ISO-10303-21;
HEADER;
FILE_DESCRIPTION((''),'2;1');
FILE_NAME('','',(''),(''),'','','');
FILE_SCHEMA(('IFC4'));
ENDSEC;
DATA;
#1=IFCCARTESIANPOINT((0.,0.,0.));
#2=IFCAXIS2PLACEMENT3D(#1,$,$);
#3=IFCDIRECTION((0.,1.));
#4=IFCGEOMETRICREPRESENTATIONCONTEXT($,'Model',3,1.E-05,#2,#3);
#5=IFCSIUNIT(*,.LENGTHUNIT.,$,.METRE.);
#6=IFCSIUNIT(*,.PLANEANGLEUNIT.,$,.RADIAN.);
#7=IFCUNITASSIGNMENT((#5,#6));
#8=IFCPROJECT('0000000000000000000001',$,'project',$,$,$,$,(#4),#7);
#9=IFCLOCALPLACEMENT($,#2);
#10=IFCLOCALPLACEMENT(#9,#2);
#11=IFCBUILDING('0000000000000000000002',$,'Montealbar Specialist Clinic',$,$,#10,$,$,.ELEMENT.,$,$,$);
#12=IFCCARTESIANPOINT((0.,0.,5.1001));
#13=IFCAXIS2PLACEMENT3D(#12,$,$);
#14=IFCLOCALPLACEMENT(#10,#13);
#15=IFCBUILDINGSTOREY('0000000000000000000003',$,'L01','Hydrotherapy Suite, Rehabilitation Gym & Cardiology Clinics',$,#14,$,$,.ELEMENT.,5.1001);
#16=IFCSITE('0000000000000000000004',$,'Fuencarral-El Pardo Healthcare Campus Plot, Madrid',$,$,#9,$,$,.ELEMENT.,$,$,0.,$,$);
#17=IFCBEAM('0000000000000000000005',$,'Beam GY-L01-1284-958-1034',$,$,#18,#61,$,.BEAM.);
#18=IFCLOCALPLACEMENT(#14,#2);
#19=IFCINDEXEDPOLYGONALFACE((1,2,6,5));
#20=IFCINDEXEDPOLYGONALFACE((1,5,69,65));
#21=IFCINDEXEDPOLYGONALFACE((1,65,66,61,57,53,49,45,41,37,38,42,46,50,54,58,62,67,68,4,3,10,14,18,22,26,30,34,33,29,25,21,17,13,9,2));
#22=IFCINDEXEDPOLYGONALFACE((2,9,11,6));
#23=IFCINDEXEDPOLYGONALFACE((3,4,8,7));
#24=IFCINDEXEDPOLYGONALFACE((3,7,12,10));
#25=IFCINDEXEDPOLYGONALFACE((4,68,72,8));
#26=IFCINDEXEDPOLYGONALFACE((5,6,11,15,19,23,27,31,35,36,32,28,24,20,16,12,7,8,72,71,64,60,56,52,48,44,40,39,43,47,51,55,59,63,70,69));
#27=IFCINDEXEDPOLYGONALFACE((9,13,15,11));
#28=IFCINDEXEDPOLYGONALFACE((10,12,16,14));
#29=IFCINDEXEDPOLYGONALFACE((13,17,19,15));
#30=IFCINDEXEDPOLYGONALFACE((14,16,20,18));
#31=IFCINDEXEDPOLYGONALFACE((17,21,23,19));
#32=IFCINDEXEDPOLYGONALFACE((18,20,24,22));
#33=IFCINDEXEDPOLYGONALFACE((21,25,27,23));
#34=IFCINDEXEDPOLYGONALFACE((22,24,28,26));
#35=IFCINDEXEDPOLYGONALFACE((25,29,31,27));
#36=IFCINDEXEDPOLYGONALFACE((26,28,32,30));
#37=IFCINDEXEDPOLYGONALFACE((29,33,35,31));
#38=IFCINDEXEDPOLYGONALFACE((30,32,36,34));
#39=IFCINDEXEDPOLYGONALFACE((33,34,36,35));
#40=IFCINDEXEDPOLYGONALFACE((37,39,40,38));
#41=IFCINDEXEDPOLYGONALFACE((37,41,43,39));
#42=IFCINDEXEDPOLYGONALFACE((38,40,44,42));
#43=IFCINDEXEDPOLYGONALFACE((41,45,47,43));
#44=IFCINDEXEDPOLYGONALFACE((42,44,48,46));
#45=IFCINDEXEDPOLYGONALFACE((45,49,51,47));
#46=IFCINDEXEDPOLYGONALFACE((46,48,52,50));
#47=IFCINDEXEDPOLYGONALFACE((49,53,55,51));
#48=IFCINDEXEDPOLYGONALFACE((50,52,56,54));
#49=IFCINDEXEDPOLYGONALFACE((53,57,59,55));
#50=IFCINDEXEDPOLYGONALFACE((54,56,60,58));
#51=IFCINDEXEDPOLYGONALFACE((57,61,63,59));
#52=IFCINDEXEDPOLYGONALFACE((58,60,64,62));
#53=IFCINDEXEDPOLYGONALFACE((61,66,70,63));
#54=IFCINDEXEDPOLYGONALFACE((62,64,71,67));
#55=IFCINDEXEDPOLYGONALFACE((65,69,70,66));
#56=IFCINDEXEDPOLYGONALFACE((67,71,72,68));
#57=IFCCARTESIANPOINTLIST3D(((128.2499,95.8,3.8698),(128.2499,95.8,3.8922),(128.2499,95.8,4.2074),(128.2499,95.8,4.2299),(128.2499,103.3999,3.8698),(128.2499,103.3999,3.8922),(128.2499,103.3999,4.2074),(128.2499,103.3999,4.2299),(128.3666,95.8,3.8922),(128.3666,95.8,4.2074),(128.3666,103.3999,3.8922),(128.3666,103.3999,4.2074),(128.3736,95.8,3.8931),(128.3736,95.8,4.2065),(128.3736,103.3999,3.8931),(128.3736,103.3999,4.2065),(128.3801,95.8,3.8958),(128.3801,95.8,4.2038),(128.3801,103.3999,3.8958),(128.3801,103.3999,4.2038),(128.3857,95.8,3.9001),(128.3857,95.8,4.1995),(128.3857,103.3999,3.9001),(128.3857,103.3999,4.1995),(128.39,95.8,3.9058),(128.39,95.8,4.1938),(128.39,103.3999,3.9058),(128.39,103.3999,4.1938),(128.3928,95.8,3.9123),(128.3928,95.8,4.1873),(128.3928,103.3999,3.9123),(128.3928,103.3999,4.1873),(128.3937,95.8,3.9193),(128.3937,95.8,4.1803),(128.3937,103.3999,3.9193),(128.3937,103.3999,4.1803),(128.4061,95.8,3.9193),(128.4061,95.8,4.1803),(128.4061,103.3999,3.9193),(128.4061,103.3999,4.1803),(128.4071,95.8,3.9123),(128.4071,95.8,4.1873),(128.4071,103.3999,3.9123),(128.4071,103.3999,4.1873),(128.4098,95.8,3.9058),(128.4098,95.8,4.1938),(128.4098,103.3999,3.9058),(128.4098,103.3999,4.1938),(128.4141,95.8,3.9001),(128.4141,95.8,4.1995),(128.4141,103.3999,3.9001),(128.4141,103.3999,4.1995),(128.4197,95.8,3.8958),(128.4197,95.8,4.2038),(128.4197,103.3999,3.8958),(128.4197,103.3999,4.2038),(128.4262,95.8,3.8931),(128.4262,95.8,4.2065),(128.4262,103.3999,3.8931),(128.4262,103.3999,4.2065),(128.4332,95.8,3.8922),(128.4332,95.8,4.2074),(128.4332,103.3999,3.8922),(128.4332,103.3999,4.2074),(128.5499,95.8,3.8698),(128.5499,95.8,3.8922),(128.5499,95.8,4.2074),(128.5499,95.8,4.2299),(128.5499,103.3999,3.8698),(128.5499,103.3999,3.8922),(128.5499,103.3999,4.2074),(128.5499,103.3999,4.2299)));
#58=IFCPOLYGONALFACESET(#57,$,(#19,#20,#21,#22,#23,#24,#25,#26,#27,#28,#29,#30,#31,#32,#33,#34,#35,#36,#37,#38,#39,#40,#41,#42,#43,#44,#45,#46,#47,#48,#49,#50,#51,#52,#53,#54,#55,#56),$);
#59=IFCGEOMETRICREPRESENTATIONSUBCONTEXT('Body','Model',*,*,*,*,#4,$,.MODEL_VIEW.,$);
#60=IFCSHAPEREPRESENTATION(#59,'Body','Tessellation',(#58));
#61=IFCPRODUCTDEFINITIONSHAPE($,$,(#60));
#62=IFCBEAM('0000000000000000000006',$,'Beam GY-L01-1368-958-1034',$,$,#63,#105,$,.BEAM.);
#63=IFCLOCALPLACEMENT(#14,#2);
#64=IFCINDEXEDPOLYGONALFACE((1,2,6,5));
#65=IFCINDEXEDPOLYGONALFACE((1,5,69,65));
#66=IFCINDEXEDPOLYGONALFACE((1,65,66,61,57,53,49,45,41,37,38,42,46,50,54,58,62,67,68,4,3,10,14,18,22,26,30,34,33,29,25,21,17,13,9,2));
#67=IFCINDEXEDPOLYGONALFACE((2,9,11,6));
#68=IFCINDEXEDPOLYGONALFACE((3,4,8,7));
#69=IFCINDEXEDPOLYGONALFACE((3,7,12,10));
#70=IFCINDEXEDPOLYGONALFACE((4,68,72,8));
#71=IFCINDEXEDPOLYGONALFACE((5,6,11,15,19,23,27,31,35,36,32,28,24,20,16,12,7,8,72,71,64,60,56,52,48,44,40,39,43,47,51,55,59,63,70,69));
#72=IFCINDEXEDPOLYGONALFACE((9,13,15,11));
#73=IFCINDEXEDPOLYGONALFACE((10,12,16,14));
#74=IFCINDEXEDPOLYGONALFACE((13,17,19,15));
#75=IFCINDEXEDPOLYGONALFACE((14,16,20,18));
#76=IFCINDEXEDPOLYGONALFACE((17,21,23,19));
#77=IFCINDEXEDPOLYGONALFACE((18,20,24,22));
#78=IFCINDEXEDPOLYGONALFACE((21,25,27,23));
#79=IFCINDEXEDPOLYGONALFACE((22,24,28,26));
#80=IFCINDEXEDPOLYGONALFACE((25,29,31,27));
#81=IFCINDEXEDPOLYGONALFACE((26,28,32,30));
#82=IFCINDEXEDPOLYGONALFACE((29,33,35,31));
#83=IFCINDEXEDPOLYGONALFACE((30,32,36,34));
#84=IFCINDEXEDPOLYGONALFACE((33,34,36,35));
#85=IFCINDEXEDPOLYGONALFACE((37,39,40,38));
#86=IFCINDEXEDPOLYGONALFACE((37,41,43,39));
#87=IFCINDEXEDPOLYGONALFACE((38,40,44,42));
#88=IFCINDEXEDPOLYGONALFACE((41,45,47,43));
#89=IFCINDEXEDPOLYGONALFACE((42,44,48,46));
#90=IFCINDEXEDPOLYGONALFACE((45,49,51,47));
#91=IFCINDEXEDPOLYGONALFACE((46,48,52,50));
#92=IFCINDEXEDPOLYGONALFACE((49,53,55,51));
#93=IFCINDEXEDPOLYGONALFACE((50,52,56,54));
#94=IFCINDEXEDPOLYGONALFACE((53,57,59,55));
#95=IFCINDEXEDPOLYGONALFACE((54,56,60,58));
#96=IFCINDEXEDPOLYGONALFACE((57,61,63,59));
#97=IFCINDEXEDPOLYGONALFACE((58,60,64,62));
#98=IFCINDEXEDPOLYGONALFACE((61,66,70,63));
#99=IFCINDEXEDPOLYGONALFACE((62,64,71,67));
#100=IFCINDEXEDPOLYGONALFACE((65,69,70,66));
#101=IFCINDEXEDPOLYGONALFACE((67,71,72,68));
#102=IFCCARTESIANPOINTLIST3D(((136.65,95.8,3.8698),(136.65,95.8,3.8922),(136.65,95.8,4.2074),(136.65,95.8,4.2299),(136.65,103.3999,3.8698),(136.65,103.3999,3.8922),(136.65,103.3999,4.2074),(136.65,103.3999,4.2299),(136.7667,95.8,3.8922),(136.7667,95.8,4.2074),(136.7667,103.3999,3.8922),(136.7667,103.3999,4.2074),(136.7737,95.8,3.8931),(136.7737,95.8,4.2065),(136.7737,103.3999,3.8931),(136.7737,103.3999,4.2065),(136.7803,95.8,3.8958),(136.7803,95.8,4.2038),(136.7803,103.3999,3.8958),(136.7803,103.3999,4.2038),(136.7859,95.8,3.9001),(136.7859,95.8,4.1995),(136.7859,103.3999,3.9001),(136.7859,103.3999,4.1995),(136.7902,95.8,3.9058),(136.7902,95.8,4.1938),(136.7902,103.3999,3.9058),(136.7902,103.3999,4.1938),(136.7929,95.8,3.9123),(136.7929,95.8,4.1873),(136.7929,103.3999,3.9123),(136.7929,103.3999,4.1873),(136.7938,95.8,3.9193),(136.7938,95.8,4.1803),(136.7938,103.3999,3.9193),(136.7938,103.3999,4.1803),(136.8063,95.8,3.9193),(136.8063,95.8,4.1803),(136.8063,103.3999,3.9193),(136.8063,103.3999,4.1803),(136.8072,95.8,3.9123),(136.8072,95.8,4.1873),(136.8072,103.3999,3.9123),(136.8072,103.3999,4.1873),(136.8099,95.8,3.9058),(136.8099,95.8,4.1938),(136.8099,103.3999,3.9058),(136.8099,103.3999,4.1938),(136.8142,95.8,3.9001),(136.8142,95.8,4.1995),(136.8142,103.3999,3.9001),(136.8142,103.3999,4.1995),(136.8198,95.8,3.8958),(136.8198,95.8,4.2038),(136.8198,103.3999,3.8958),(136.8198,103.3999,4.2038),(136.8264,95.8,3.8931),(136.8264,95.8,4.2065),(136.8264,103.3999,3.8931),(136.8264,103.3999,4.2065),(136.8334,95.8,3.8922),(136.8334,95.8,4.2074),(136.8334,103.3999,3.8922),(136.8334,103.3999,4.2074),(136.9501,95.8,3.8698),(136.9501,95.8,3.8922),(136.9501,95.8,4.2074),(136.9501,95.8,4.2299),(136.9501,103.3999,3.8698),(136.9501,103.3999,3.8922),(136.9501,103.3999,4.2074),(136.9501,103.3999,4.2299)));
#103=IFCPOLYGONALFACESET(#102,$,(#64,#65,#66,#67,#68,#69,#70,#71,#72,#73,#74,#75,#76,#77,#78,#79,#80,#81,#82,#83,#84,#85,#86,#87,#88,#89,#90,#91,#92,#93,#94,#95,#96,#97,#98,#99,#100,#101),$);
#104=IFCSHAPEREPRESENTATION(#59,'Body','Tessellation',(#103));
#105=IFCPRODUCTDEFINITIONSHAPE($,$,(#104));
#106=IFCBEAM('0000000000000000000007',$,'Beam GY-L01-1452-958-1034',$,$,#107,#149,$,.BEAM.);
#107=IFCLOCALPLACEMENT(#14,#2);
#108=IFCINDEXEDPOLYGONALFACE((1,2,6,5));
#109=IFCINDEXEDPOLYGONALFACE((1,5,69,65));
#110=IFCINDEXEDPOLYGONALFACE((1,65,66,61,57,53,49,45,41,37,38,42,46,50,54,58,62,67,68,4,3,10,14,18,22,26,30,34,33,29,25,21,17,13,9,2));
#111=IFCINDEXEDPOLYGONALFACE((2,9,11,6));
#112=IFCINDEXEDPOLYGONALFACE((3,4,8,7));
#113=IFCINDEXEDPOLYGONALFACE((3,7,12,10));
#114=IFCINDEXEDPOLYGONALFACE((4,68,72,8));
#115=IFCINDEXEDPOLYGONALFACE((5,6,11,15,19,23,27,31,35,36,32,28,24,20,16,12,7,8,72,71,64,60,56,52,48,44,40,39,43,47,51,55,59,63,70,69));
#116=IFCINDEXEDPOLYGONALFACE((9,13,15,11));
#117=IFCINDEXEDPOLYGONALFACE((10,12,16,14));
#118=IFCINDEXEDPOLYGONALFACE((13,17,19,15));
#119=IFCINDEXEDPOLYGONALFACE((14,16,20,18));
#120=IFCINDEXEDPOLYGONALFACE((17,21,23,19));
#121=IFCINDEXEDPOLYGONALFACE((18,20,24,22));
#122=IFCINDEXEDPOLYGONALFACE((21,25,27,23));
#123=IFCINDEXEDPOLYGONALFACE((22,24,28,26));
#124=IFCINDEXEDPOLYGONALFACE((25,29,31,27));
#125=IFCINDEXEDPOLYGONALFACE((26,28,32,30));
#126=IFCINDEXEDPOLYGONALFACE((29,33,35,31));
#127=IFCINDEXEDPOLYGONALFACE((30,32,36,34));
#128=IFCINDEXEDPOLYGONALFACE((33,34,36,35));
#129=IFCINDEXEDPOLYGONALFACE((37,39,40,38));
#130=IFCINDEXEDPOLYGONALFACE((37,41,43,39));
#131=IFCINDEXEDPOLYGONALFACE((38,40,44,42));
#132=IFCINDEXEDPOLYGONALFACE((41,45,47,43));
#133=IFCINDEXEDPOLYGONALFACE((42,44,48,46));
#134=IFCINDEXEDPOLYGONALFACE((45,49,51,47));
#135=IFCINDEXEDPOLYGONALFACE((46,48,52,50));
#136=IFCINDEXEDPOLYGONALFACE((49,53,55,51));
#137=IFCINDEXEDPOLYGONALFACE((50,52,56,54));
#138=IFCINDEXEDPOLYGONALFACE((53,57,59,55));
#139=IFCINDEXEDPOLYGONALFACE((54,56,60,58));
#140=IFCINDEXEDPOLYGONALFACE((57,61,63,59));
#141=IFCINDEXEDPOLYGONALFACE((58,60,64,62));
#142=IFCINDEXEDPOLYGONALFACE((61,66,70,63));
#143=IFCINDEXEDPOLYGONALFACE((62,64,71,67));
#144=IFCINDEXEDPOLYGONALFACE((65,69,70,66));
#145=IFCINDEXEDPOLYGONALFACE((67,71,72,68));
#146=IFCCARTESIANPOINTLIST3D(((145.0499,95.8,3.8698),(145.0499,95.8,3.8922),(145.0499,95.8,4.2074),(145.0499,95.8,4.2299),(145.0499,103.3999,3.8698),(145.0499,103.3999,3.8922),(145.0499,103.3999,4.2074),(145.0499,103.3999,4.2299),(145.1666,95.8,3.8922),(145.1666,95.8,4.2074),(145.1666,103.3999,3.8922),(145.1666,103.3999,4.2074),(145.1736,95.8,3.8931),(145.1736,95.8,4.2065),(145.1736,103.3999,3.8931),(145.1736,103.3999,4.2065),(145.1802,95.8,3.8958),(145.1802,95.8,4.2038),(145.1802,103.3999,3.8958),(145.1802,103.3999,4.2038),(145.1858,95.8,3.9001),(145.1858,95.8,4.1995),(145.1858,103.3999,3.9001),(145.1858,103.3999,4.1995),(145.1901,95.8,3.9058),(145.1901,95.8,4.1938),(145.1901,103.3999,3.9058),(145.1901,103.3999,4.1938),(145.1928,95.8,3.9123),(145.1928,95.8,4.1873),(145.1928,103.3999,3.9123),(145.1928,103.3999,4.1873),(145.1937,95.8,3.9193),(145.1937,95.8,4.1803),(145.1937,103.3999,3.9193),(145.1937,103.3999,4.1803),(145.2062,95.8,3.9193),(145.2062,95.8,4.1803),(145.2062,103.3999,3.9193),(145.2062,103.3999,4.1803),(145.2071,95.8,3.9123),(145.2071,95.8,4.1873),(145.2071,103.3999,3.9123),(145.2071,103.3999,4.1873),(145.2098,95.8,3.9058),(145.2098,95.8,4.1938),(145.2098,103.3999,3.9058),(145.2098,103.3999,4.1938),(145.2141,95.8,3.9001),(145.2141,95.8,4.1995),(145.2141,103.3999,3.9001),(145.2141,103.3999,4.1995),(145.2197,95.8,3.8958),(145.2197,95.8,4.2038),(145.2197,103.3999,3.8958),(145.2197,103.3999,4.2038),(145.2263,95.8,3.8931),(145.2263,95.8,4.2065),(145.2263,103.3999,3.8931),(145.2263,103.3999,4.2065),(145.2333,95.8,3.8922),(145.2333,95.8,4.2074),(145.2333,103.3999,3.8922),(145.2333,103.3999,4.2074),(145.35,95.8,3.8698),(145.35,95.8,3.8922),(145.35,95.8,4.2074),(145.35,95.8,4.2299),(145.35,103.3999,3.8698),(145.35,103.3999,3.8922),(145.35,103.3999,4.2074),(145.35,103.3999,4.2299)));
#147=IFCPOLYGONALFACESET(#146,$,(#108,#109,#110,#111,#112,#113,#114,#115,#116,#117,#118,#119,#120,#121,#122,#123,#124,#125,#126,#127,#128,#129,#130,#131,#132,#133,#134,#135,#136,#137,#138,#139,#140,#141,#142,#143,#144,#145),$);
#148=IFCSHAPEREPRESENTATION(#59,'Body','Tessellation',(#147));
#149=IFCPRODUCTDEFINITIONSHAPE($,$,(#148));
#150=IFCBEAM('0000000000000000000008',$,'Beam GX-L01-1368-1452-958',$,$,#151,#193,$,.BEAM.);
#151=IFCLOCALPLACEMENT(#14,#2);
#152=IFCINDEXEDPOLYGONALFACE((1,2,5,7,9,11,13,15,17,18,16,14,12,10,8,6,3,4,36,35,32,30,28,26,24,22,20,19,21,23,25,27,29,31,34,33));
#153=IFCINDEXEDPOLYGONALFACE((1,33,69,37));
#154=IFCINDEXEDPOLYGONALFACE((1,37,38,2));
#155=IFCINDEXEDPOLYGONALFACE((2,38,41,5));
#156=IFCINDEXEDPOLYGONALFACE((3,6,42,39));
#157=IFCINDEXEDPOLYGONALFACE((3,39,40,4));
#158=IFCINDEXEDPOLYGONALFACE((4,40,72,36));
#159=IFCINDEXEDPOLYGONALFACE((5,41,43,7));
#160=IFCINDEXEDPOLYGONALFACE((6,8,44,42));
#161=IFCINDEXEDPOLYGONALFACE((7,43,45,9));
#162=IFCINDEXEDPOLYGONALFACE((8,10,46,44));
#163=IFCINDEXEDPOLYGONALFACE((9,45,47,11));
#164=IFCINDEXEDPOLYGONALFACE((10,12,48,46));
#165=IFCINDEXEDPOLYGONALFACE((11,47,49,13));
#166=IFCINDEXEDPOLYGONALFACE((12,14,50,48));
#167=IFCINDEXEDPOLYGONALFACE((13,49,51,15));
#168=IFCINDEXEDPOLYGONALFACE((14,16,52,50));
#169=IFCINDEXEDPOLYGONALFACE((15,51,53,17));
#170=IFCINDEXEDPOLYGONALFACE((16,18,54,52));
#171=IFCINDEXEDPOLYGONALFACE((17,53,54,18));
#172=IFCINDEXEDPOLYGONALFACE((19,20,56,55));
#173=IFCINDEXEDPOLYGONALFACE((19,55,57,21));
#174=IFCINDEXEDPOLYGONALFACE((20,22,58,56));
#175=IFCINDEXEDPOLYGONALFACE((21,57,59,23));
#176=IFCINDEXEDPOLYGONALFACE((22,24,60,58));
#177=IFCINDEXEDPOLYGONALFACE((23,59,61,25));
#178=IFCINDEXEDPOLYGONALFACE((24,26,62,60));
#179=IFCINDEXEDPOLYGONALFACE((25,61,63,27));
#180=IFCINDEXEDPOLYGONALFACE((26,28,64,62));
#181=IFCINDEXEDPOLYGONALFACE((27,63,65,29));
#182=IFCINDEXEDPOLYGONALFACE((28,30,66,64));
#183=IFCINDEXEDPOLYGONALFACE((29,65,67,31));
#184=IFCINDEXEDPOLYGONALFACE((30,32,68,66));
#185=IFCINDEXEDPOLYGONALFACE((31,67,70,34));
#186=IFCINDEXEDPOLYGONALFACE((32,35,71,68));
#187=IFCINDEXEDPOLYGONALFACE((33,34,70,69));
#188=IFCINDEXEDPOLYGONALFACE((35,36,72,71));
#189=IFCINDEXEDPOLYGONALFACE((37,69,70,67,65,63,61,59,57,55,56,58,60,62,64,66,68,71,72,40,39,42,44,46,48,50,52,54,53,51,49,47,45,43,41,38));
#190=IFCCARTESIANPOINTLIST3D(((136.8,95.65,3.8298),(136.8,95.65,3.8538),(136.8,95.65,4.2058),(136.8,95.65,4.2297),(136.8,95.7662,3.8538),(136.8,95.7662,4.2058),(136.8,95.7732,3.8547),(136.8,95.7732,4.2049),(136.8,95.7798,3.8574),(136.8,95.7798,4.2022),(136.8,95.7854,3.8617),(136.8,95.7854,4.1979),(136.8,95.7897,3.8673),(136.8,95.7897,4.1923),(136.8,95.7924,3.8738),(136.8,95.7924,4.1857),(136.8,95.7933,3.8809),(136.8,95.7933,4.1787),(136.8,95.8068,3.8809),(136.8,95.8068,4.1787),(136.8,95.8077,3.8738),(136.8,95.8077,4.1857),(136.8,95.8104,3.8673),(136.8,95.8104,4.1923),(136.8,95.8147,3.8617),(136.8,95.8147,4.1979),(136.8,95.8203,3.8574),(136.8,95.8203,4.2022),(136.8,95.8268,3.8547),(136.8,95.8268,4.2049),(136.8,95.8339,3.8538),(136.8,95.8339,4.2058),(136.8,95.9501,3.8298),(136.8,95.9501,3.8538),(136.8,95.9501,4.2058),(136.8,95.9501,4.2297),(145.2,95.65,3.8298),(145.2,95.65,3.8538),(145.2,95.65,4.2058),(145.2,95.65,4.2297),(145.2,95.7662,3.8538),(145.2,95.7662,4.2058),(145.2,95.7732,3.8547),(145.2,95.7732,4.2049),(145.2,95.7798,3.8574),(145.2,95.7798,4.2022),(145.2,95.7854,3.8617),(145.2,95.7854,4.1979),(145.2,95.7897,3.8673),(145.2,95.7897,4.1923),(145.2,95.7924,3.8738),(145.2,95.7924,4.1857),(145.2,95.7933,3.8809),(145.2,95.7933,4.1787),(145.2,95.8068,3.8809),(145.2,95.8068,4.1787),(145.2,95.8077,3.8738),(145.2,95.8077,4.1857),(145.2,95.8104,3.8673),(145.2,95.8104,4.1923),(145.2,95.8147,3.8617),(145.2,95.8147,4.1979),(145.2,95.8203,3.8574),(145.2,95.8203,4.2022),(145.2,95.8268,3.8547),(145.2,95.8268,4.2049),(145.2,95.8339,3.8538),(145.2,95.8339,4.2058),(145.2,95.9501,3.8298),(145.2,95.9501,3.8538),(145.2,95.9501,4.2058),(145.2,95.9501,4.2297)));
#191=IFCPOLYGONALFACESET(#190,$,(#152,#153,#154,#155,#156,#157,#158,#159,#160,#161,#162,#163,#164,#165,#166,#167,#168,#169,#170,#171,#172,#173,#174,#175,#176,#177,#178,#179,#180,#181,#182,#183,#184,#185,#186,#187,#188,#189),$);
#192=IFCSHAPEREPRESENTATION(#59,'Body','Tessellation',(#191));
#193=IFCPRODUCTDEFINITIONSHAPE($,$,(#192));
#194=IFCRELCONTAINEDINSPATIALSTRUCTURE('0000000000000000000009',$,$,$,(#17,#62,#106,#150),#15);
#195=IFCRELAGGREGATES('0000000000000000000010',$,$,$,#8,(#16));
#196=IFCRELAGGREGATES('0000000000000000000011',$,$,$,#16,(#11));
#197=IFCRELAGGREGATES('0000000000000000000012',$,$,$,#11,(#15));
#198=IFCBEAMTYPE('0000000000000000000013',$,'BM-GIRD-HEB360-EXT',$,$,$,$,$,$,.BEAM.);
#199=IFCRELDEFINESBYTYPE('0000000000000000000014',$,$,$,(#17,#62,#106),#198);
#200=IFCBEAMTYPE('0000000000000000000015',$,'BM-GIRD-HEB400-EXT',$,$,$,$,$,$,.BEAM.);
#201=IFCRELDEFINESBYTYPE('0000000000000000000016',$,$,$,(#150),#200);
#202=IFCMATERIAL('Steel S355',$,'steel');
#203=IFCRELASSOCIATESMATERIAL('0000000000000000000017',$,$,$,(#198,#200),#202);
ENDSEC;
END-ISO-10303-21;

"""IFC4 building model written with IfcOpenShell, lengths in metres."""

from ifc_helpers import new_model, si_unit, direction, frame, origin, origin_2d, place, context, subcontext, project, spatial, i_section, extrude, material, material_profile, profile_set, type_object, element, save


model = new_model("IFC4")

# Units and contexts
model_context = context("Model", 3, precision=1e-05, world=origin(), true_north=direction((0.0, 1.0)))
body_context = subcontext(model_context, "Body", "Model", "MODEL_VIEW")
ifc_project = project(units=[si_unit("LENGTHUNIT", "METRE"), si_unit("PLANEANGLEUNIT", "RADIAN")], contexts=[model_context])

# Site, building, storey
site_placement = place(None, origin())
site = spatial("IfcSite", under=ifc_project, at=site_placement, Name="Fuencarral-El Pardo Healthcare Campus Plot, Madrid", CompositionType="ELEMENT", RefElevation=0.0)
building_placement = place(site_placement, origin())
building = spatial("IfcBuilding", under=site, at=building_placement, Name="Montealbar Specialist Clinic", CompositionType="ELEMENT")
storey_placement = place(building_placement, frame((0.0, 0.0, 5.1001)))
storey = spatial("IfcBuildingStorey", under=building, at=storey_placement, Name="L01", Description="Hydrotherapy Suite, Rehabilitation Gym & Cardiology Clinics", CompositionType="ELEMENT", Elevation=5.1001)

# Shared definitions
ifc_material_1 = material(Name="Steel S355", Category="steel")

# Beams
ifc_material_profile_1 = material_profile(ifc_material_1, i_section(OverallWidth=0.3, OverallDepth=0.3601, WebThickness=0.0125, FlangeThickness=0.0225, FilletRadius=0.0271, at=origin_2d()), Name="HEB 360", Category="steel")
ifc_profile_set_1 = profile_set([ifc_material_profile_1], Name="Steel S355")
beam_type_1 = type_object("IfcBeamType", Name="BM-GIRD-HEB360-EXT", PredefinedType="BEAM", material=ifc_profile_set_1)
for number, where, z_axis, x_axis, name in (
    (1, (128.3999, 95.8, 4.0498), (0.0, 1.0, 0.0), (-1.0, 0.0, 0.0), "Beam GY-L01-1284-958-1034"),
    (2, (136.8, 95.8, 4.0498), (0.0, 1.0, 0.0), (-1.0, 0.0, 0.0), "Beam GY-L01-1368-958-1034"),
    (3, (145.2, 95.8, 4.0498), (0.0, 1.0, 0.0), (-1.0, 0.0, 0.0), "Beam GY-L01-1452-958-1034"),
):
    element("IfcBeam", number, at=place(storey_placement, frame(where, z_axis=z_axis, x_axis=x_axis)), inside=storey, type_object=beam_type_1, Name=name, PredefinedType="BEAM", context=body_context, shape_type="SweptSolid", body=[
        extrude(i_section(OverallWidth=0.3, OverallDepth=0.3601, WebThickness=0.0125, FlangeThickness=0.0225, FilletRadius=0.0271, at=origin_2d()), origin(), (0.0, 0.0, 1.0), 7.5999),
    ])
ifc_material_profile_2 = material_profile(ifc_material_1, i_section(OverallWidth=0.3, OverallDepth=0.3999, WebThickness=0.0134, FlangeThickness=0.0239, FilletRadius=0.0271, at=origin_2d()), Name="HEB 400", Category="steel")
ifc_profile_set_2 = profile_set([ifc_material_profile_2], Name="Steel S355")
beam_type_2 = type_object("IfcBeamType", Name="BM-GIRD-HEB400-EXT", PredefinedType="BEAM", material=ifc_profile_set_2)
beam_1_placement = place(storey_placement, frame((136.8, 95.8, 4.0298), z_axis=(1.0, 0.0, 0.0), x_axis=(0.0, 1.0, 0.0)))
element("IfcBeam", 4, at=beam_1_placement, inside=storey, type_object=beam_type_2, Name="Beam GX-L01-1368-1452-958", PredefinedType="BEAM", context=body_context, shape_type="SweptSolid", body=[
    extrude(i_section(OverallWidth=0.3, OverallDepth=0.3999, WebThickness=0.0134, FlangeThickness=0.0239, FilletRadius=0.0271, at=origin_2d()), origin(), (0.0, 0.0, 1.0), 8.3999),
])

save(model, "model.ifc")
